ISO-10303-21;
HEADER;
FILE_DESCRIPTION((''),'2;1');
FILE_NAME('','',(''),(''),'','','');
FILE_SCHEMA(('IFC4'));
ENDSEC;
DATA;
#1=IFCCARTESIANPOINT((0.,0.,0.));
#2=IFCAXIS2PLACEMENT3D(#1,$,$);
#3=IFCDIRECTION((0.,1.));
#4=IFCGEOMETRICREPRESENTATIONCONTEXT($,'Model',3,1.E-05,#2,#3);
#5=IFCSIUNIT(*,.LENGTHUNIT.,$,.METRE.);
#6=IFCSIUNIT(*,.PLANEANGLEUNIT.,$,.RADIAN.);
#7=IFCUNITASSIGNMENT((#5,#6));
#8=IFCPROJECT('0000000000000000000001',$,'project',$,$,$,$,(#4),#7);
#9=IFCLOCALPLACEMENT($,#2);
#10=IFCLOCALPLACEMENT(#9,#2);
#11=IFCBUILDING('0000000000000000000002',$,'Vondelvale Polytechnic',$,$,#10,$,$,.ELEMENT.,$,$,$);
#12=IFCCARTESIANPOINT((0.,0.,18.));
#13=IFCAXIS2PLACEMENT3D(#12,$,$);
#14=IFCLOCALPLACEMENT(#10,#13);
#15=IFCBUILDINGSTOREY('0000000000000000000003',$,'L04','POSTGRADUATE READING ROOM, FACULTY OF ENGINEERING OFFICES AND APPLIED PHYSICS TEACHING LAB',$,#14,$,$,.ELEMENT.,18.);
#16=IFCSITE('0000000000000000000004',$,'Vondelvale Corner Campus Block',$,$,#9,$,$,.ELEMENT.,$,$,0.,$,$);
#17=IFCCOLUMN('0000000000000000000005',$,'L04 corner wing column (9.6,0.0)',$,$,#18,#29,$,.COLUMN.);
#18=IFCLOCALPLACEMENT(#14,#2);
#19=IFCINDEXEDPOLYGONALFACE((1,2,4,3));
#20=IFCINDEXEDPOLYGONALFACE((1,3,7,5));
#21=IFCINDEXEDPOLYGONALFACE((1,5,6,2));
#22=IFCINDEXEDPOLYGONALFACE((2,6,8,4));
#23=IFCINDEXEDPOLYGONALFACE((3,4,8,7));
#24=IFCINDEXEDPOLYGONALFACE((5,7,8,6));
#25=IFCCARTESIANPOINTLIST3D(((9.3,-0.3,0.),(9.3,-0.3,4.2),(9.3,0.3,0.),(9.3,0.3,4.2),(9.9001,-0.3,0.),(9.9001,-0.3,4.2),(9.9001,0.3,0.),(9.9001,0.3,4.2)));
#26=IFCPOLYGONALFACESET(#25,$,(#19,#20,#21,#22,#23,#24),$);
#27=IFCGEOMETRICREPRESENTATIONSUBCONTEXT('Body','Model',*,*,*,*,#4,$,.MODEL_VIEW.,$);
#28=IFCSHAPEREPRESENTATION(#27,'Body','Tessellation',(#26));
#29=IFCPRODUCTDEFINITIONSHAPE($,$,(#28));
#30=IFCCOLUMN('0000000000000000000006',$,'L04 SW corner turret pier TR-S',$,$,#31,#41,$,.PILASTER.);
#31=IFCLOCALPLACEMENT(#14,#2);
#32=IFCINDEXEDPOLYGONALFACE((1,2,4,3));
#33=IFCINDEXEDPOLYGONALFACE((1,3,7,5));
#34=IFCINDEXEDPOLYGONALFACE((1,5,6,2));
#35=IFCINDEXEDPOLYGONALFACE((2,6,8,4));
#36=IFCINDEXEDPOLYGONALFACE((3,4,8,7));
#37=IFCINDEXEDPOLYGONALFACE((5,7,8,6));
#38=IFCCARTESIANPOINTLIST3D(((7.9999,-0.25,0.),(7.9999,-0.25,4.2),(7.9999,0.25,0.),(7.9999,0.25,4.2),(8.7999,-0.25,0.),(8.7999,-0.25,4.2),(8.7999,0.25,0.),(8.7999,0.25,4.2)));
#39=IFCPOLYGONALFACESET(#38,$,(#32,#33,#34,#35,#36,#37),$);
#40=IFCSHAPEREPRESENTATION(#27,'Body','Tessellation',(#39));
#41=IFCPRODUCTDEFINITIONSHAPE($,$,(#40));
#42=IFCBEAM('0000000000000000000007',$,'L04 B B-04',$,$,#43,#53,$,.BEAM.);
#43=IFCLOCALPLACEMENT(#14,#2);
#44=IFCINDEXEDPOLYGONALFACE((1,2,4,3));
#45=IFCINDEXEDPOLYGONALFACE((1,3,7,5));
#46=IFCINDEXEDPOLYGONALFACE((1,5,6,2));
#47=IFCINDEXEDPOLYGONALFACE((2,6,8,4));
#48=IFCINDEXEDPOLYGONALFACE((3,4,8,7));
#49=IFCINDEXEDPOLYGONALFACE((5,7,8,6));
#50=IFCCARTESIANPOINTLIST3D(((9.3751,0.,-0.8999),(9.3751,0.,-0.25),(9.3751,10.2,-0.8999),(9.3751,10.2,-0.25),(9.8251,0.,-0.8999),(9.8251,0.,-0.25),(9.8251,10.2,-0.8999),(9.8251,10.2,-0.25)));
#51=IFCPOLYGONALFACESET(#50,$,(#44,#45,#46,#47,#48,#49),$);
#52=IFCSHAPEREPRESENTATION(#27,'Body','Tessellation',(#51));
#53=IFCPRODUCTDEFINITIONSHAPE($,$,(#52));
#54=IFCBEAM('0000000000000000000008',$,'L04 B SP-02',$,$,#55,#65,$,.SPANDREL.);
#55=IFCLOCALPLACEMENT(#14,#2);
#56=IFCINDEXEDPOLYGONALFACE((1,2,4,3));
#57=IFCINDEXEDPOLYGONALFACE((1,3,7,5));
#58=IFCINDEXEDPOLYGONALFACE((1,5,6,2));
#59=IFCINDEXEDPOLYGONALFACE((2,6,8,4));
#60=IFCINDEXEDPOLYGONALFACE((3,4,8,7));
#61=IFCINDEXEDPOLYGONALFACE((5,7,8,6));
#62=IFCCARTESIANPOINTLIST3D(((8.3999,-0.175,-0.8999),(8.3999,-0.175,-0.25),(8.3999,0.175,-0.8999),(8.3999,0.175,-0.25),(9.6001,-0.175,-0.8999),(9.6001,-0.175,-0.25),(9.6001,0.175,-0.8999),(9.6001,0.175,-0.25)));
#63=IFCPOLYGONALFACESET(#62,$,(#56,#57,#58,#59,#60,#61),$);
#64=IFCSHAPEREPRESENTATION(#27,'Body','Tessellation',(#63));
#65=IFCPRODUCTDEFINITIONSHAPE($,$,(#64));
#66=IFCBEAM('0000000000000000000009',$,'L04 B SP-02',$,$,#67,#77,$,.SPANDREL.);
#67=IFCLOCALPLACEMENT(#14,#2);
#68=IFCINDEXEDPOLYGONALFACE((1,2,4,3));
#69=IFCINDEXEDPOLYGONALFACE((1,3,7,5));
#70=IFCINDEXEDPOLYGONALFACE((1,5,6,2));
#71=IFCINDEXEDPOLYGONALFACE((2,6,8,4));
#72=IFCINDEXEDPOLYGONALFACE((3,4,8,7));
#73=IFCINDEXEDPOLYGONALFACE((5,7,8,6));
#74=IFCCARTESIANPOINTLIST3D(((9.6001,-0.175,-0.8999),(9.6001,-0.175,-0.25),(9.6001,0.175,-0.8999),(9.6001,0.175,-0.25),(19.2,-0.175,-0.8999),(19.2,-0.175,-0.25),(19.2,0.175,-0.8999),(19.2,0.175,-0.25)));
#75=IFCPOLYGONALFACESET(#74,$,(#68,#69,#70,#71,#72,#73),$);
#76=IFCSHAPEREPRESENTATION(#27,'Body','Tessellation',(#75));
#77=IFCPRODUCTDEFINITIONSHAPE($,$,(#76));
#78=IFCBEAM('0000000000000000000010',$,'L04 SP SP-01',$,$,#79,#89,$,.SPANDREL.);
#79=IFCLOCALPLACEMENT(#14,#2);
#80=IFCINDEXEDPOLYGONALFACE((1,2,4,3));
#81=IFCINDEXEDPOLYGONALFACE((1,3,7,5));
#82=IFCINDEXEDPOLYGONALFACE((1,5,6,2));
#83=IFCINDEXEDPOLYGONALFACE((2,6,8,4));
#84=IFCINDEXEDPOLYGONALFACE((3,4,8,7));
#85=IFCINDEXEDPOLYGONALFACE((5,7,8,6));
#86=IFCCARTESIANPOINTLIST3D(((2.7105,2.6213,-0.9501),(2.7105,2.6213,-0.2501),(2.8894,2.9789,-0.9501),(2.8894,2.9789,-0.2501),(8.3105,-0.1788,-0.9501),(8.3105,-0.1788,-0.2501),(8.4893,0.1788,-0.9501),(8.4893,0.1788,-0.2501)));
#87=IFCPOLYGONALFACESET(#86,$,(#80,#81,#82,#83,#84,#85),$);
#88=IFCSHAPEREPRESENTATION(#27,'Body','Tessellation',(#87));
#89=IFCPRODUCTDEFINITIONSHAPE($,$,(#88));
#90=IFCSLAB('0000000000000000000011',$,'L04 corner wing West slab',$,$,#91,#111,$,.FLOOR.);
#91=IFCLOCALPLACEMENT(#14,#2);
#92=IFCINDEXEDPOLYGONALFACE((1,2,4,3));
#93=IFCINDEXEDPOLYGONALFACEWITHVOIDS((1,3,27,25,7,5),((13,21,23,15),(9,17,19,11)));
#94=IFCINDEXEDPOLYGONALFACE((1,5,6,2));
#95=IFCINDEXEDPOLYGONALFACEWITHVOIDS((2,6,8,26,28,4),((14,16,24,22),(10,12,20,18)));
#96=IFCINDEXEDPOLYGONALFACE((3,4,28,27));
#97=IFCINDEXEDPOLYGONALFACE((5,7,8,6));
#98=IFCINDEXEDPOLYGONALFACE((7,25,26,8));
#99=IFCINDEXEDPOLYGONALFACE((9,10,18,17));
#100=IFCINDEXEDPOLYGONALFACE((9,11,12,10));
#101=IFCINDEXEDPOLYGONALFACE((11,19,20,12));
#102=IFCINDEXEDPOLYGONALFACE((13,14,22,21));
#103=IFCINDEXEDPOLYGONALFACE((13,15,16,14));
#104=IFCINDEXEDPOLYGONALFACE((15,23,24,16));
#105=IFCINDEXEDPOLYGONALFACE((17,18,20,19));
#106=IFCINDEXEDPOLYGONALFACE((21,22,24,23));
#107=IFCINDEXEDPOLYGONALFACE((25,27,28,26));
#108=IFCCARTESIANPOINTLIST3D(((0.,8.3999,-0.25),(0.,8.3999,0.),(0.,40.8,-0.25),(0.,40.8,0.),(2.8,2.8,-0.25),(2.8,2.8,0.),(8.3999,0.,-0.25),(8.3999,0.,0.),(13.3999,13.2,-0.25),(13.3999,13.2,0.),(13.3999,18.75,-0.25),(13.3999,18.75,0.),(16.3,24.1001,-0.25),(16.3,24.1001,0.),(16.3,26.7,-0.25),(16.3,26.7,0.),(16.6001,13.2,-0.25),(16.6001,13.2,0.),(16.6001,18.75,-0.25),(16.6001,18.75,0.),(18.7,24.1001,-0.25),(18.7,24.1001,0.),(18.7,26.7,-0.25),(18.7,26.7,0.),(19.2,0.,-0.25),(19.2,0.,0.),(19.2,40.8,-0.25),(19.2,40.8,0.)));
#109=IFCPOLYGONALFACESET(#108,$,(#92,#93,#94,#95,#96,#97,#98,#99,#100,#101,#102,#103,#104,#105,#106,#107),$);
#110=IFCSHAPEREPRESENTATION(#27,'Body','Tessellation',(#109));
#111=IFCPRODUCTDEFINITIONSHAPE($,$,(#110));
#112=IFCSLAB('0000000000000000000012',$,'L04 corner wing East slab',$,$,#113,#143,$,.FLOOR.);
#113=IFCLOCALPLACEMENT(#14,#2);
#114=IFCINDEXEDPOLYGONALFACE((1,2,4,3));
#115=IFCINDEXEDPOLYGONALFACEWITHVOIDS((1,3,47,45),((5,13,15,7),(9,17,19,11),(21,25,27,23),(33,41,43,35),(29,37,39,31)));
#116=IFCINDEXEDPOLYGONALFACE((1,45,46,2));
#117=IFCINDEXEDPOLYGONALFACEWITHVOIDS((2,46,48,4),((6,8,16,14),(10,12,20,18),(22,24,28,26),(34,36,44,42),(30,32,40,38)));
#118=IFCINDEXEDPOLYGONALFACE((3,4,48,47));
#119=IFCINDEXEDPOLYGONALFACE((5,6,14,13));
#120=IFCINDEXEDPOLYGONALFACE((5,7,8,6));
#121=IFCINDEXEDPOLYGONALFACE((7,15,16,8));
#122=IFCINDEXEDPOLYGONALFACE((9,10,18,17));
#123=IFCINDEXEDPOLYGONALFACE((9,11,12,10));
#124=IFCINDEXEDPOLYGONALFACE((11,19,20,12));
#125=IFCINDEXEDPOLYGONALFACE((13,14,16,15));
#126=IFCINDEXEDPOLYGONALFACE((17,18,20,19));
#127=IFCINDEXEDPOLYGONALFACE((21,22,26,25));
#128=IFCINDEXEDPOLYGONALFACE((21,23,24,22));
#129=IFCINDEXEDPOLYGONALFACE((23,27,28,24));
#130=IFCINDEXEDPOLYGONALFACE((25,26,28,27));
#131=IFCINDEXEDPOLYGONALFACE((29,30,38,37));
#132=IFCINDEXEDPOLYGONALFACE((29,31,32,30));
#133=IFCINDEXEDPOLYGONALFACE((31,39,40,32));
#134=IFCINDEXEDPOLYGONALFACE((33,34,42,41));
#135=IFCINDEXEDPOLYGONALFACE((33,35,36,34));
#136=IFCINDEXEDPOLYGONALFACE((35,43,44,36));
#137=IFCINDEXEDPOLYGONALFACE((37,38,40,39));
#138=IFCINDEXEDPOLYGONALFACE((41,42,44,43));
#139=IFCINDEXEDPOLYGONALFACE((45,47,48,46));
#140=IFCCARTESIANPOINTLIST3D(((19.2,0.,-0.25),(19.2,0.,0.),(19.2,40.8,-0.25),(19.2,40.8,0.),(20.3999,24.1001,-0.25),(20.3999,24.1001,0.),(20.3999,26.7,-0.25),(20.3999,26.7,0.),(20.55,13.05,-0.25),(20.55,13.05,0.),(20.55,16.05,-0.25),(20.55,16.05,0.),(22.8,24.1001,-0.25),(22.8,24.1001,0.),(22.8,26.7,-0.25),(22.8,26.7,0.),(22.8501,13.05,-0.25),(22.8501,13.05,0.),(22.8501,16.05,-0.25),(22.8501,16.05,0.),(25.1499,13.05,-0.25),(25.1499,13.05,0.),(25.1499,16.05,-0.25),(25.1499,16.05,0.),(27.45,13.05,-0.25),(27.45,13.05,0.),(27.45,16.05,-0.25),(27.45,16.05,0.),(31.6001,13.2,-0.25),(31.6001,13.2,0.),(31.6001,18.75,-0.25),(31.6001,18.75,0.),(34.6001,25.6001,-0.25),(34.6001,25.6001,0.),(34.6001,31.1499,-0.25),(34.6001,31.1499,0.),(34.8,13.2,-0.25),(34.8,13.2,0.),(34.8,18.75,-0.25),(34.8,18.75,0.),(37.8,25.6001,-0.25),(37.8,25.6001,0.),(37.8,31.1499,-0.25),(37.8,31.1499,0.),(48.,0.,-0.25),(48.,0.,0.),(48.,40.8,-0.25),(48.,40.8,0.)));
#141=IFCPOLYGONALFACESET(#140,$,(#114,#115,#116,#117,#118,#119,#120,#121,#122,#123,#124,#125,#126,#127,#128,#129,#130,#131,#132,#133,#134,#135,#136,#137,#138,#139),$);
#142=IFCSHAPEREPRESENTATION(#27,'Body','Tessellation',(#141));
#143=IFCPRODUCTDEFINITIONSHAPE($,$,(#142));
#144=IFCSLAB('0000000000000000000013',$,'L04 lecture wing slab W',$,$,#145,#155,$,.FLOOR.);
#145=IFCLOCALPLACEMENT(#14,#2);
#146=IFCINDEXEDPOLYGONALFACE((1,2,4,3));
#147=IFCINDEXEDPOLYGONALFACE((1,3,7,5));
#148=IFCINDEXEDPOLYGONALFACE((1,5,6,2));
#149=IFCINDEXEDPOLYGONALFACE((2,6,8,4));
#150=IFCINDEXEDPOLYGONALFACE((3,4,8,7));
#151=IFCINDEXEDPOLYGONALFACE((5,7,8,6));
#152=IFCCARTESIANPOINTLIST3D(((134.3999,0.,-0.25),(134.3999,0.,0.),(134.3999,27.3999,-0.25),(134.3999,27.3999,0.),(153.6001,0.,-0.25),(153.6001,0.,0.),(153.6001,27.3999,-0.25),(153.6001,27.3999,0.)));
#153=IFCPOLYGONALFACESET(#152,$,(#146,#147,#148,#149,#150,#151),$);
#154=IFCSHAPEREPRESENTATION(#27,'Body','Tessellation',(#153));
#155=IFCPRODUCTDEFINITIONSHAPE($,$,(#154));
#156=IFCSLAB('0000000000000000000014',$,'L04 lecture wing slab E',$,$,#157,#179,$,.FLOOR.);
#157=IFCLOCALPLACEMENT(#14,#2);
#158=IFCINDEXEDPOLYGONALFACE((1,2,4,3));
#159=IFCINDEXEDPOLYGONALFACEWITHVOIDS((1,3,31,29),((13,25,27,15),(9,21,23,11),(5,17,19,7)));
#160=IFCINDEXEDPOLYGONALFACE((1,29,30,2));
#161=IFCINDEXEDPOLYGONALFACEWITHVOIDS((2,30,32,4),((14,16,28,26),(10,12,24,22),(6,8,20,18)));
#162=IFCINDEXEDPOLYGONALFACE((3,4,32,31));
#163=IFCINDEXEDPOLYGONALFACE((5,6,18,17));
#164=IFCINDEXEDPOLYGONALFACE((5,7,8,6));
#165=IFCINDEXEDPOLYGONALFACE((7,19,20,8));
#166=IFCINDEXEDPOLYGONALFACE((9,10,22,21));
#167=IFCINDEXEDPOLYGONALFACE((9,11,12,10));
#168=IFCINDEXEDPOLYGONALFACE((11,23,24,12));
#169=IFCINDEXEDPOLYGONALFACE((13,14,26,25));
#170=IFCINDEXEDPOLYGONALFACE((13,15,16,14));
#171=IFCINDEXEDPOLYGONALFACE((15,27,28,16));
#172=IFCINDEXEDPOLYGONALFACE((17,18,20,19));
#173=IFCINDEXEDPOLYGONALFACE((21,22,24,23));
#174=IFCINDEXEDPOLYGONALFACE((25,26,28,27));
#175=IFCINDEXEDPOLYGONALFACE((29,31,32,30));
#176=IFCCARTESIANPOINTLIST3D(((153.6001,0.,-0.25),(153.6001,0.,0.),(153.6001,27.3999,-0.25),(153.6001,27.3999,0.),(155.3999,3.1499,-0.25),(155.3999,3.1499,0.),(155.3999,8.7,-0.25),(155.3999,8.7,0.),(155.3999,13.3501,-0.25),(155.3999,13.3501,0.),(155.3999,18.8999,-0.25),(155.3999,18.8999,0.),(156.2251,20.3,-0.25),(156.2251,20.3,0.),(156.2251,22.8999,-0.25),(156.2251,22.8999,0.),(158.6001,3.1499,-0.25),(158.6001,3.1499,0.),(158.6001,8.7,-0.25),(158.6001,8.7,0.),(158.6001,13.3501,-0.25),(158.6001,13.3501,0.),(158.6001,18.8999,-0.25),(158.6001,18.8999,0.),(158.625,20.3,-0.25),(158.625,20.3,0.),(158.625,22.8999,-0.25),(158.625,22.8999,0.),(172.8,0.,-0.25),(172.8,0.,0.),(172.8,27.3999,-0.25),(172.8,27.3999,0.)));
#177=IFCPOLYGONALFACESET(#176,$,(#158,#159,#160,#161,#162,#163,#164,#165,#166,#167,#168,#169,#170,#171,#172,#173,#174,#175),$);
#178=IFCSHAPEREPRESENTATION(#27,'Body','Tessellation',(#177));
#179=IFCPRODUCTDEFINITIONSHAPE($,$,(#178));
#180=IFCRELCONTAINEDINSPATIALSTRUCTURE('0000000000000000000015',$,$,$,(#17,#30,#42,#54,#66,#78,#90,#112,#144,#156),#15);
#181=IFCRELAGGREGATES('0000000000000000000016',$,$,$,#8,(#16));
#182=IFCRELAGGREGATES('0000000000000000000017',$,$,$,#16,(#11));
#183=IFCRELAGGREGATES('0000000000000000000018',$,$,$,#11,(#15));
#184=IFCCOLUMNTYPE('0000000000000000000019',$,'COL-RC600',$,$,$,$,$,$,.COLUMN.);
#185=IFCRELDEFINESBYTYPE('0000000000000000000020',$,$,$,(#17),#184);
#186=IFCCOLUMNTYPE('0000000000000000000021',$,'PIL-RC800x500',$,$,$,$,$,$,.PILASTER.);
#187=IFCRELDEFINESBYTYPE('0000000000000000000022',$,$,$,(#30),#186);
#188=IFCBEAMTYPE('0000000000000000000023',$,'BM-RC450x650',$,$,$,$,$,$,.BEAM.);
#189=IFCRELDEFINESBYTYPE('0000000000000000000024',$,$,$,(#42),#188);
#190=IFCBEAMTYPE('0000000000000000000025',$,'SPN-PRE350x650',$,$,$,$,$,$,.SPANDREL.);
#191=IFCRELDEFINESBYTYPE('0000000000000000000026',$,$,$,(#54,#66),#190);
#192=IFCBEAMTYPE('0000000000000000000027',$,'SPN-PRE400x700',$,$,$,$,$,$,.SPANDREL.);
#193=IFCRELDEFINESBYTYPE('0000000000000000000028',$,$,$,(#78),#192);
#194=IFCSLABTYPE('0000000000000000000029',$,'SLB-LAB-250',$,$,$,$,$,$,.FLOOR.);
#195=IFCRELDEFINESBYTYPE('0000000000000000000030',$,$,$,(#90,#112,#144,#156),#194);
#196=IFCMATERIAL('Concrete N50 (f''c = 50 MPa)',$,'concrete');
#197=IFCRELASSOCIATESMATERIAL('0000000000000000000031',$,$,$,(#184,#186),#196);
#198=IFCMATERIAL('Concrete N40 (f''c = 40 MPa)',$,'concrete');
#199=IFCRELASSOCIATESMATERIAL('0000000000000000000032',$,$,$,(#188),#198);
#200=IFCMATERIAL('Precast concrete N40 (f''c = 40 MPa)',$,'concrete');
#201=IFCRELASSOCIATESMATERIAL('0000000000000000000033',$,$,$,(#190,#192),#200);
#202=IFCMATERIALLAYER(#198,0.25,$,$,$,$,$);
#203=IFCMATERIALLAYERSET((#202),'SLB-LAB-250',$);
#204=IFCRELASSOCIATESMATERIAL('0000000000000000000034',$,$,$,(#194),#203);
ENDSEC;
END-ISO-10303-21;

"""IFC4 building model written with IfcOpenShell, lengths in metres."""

from ifc_helpers import new_model, si_unit, direction, frame, origin, origin_2d, place, context, subcontext, project, spatial, polyline, rectangle, outline, extrude, material, layer, layer_set, material_profile, profile_set, type_object, element, save


model = new_model("IFC4")

# Units and contexts
model_context = context("Model", 3, precision=1e-05, world=origin(), true_north=direction((0.0, 1.0)))
body_context = subcontext(model_context, "Body", "Model", "MODEL_VIEW")
ifc_project = project(units=[si_unit("LENGTHUNIT", "METRE"), si_unit("PLANEANGLEUNIT", "RADIAN")], contexts=[model_context])

# Site, building, storey
site_placement = place(None, origin())
site = spatial("IfcSite", under=ifc_project, at=site_placement, Name="Vondelvale Corner Campus Block", CompositionType="ELEMENT", RefElevation=0.0)
building_placement = place(site_placement, origin())
building = spatial("IfcBuilding", under=site, at=building_placement, Name="Vondelvale Polytechnic", CompositionType="ELEMENT")
storey_placement = place(building_placement, frame((0.0, 0.0, 18.0)))
storey = spatial("IfcBuildingStorey", under=building, at=storey_placement, Name="L04", Description="POSTGRADUATE READING ROOM, FACULTY OF ENGINEERING OFFICES AND APPLIED PHYSICS TEACHING LAB", CompositionType="ELEMENT", Elevation=18.0)

# Columns
ifc_material_1 = material(Name="Concrete N50 (f'c = 50 MPa)", Category="concrete")
ifc_material_profile_1 = material_profile(ifc_material_1, rectangle(XDim=0.6001, YDim=0.6001, at=origin_2d()), Name="RC-COL-600x600")
ifc_profile_set_1 = profile_set([ifc_material_profile_1], Name="Concrete N50 (f'c = 50 MPa)")
column_type_1 = type_object("IfcColumnType", Name="COL-RC600", PredefinedType="COLUMN", material=ifc_profile_set_1)
column_1_placement = place(storey_placement, frame((9.6001, 0.0, 0.0), z_axis=(0.0, 0.0, 1.0), x_axis=(1.0, 0.0, 0.0)))
element("IfcColumn", 1, at=column_1_placement, inside=storey, type_object=column_type_1, Name="L04 corner wing column (9.6,0.0)", PredefinedType="COLUMN", context=body_context, shape_type="SweptSolid", body=[
    extrude(rectangle(XDim=0.6001, YDim=0.6001, at=origin_2d()), origin(), (0.0, 0.0, 1.0), 4.2),
])
ifc_material_profile_2 = material_profile(ifc_material_1, rectangle(XDim=0.5, YDim=0.8, at=origin_2d()), Name="RC-PIL-800x500")
ifc_profile_set_2 = profile_set([ifc_material_profile_2], Name="Concrete N50 (f'c = 50 MPa)")
column_type_2 = type_object("IfcColumnType", Name="PIL-RC800x500", PredefinedType="PILASTER", material=ifc_profile_set_2)
column_2_placement = place(storey_placement, frame((8.3999, 0.0, 0.0), z_axis=(0.0, 0.0, 1.0), x_axis=(0.0, 1.0, 0.0)))
element("IfcColumn", 2, at=column_2_placement, inside=storey, type_object=column_type_2, Name="L04 SW corner turret pier TR-S", PredefinedType="PILASTER", context=body_context, shape_type="SweptSolid", body=[
    extrude(rectangle(XDim=0.5, YDim=0.8, at=origin_2d()), origin(), (0.0, 0.0, 1.0), 4.2),
])

# Beams
ifc_material_2 = material(Name="Concrete N40 (f'c = 40 MPa)", Category="concrete")
ifc_material_profile_3 = material_profile(ifc_material_2, rectangle(XDim=0.45, YDim=0.6499, at=origin_2d()), Name="RC-BM-450x650")
ifc_profile_set_3 = profile_set([ifc_material_profile_3], Name="Concrete N40 (f'c = 40 MPa)")
beam_type_1 = type_object("IfcBeamType", Name="BM-RC450x650", PredefinedType="BEAM", material=ifc_profile_set_3)
beam_1_placement = place(storey_placement, frame((9.6001, 0.0, -0.575), z_axis=(0.0, 1.0, 0.0), x_axis=(-1.0, 0.0, 0.0)))
element("IfcBeam", 3, at=beam_1_placement, inside=storey, type_object=beam_type_1, Name="L04 B B-04", PredefinedType="BEAM", context=body_context, shape_type="SweptSolid", body=[
    extrude(rectangle(XDim=0.45, YDim=0.6499, at=origin_2d()), origin(), (0.0, 0.0, 1.0), 10.2),
])
ifc_material_3 = material(Name="Precast concrete N40 (f'c = 40 MPa)", Category="concrete")
ifc_material_profile_4 = material_profile(ifc_material_3, rectangle(XDim=0.3501, YDim=0.6499, at=origin_2d()), Name="RC-SPN-350x650")
ifc_profile_set_4 = profile_set([ifc_material_profile_4], Name="Precast concrete N40 (f'c = 40 MPa)")
beam_type_2 = type_object("IfcBeamType", Name="SPN-PRE350x650", PredefinedType="SPANDREL", material=ifc_profile_set_4)
beam_2_placement = place(storey_placement, frame((8.3999, 0.0, -0.575), z_axis=(1.0, 0.0, 0.0), x_axis=(0.0, 1.0, 0.0)))
element("IfcBeam", 4, at=beam_2_placement, inside=storey, type_object=beam_type_2, Name="L04 B SP-02", PredefinedType="SPANDREL", context=body_context, shape_type="SweptSolid", body=[
    extrude(rectangle(XDim=0.3501, YDim=0.6499, at=origin_2d()), origin(), (0.0, 0.0, 1.0), 1.2002),
])
beam_3_placement = place(storey_placement, frame((9.6001, 0.0, -0.575), z_axis=(1.0, 0.0, 0.0), x_axis=(0.0, 1.0, 0.0)))
element("IfcBeam", 5, at=beam_3_placement, inside=storey, type_object=beam_type_2, Name="L04 B SP-02", PredefinedType="SPANDREL", context=body_context, shape_type="SweptSolid", body=[
    extrude(rectangle(XDim=0.3501, YDim=0.6499, at=origin_2d()), origin(), (0.0, 0.0, 1.0), 9.5999),
])
ifc_material_profile_5 = material_profile(ifc_material_3, rectangle(XDim=0.3999, YDim=0.7, at=origin_2d()), Name="RC-SPN-400x700")
ifc_profile_set_5 = profile_set([ifc_material_profile_5], Name="Precast concrete N40 (f'c = 40 MPa)")
beam_type_3 = type_object("IfcBeamType", Name="SPN-PRE400x700", PredefinedType="SPANDREL", material=ifc_profile_set_5)
beam_4_placement = place(storey_placement, frame((8.3999, 0.0, -0.6001), z_axis=(-0.894419, 0.447229, 0.0), x_axis=(-0.447229, -0.894419, 0.0)))
element("IfcBeam", 6, at=beam_4_placement, inside=storey, type_object=beam_type_3, Name="L04 SP SP-01", PredefinedType="SPANDREL", context=body_context, shape_type="SweptSolid", body=[
    extrude(rectangle(XDim=0.3999, YDim=0.7, at=origin_2d()), origin(), (0.0, 0.0, 1.0), 6.261),
])

# Slabs
ifc_layer_1 = layer(ifc_material_2, 0.25)
ifc_layer_set_1 = layer_set([ifc_layer_1], Name="SLB-LAB-250")
slab_type_1 = type_object("IfcSlabType", Name="SLB-LAB-250", PredefinedType="FLOOR", material=ifc_layer_set_1)
slab_1_placement = place(storey_placement, frame((0.0, 0.0, -0.25)))
element("IfcSlab", 7, at=slab_1_placement, inside=storey, type_object=slab_type_1, Name="L04 corner wing West slab", PredefinedType="FLOOR", context=body_context, shape_type="SweptSolid", body=[
    extrude(outline(polyline([(8.3999, 0.0), (19.2, 0.0), (19.2, 40.8), (0.0, 40.8), (0.0, 8.3999), (2.8, 2.8), (8.3999, 0.0)]), holes=[polyline([(13.3999, 18.75), (13.3999, 13.2), (16.6001, 13.2), (16.6001, 18.75), (13.3999, 18.75)]), polyline([(16.3, 24.1001), (18.7, 24.1001), (18.7, 26.7), (16.3, 26.7), (16.3, 24.1001)])]), origin(), (0.0, 0.0, 1.0), 0.25),
])
slab_2_placement = place(storey_placement, frame((0.0, 0.0, -0.25)))
element("IfcSlab", 8, at=slab_2_placement, inside=storey, type_object=slab_type_1, Name="L04 corner wing East slab", PredefinedType="FLOOR", context=body_context, shape_type="SweptSolid", body=[
    extrude(outline(polyline([(19.2, 0.0), (48.0, 0.0), (48.0, 40.8), (19.2, 40.8), (19.2, 0.0)]), holes=[polyline([(31.6001, 18.75), (31.6001, 13.2), (34.8, 13.2), (34.8, 18.75), (31.6001, 18.75)]), polyline([(37.8, 25.6001), (37.8, 31.1499), (34.6001, 31.1499), (34.6001, 25.6001), (37.8, 25.6001)]), polyline([(20.55, 13.05), (22.8501, 13.05), (22.8501, 16.05), (20.55, 16.05), (20.55, 13.05)]), polyline([(25.1499, 13.05), (27.45, 13.05), (27.45, 16.05), (25.1499, 16.05), (25.1499, 13.05)]), polyline([(20.3999, 24.1001), (22.8, 24.1001), (22.8, 26.7), (20.3999, 26.7), (20.3999, 24.1001)])]), origin(), (0.0, 0.0, 1.0), 0.25),
])
slab_3_placement = place(storey_placement, frame((0.0, 0.0, -0.25)))
element("IfcSlab", 9, at=slab_3_placement, inside=storey, type_object=slab_type_1, Name="L04 lecture wing slab W", PredefinedType="FLOOR", context=body_context, shape_type="SweptSolid", body=[
    extrude(outline(polyline([(134.3999, 0.0), (153.6001, 0.0), (153.6001, 27.3999), (134.3999, 27.3999), (134.3999, 0.0)])), origin(), (0.0, 0.0, 1.0), 0.25),
])
slab_4_placement = place(storey_placement, frame((0.0, 0.0, -0.25)))
element("IfcSlab", 10, at=slab_4_placement, inside=storey, type_object=slab_type_1, Name="L04 lecture wing slab E", PredefinedType="FLOOR", context=body_context, shape_type="SweptSolid", body=[
    extrude(outline(polyline([(153.6001, 0.0), (172.8, 0.0), (172.8, 27.3999), (153.6001, 27.3999), (153.6001, 0.0)]), holes=[polyline([(158.6001, 3.1499), (158.6001, 8.7), (155.3999, 8.7), (155.3999, 3.1499), (158.6001, 3.1499)]), polyline([(158.6001, 13.3501), (158.6001, 18.8999), (155.3999, 18.8999), (155.3999, 13.3501), (158.6001, 13.3501)]), polyline([(156.2251, 20.3), (158.625, 20.3), (158.625, 22.8999), (156.2251, 22.8999), (156.2251, 20.3)])]), origin(), (0.0, 0.0, 1.0), 0.25),
])

save(model, "model.ifc")
